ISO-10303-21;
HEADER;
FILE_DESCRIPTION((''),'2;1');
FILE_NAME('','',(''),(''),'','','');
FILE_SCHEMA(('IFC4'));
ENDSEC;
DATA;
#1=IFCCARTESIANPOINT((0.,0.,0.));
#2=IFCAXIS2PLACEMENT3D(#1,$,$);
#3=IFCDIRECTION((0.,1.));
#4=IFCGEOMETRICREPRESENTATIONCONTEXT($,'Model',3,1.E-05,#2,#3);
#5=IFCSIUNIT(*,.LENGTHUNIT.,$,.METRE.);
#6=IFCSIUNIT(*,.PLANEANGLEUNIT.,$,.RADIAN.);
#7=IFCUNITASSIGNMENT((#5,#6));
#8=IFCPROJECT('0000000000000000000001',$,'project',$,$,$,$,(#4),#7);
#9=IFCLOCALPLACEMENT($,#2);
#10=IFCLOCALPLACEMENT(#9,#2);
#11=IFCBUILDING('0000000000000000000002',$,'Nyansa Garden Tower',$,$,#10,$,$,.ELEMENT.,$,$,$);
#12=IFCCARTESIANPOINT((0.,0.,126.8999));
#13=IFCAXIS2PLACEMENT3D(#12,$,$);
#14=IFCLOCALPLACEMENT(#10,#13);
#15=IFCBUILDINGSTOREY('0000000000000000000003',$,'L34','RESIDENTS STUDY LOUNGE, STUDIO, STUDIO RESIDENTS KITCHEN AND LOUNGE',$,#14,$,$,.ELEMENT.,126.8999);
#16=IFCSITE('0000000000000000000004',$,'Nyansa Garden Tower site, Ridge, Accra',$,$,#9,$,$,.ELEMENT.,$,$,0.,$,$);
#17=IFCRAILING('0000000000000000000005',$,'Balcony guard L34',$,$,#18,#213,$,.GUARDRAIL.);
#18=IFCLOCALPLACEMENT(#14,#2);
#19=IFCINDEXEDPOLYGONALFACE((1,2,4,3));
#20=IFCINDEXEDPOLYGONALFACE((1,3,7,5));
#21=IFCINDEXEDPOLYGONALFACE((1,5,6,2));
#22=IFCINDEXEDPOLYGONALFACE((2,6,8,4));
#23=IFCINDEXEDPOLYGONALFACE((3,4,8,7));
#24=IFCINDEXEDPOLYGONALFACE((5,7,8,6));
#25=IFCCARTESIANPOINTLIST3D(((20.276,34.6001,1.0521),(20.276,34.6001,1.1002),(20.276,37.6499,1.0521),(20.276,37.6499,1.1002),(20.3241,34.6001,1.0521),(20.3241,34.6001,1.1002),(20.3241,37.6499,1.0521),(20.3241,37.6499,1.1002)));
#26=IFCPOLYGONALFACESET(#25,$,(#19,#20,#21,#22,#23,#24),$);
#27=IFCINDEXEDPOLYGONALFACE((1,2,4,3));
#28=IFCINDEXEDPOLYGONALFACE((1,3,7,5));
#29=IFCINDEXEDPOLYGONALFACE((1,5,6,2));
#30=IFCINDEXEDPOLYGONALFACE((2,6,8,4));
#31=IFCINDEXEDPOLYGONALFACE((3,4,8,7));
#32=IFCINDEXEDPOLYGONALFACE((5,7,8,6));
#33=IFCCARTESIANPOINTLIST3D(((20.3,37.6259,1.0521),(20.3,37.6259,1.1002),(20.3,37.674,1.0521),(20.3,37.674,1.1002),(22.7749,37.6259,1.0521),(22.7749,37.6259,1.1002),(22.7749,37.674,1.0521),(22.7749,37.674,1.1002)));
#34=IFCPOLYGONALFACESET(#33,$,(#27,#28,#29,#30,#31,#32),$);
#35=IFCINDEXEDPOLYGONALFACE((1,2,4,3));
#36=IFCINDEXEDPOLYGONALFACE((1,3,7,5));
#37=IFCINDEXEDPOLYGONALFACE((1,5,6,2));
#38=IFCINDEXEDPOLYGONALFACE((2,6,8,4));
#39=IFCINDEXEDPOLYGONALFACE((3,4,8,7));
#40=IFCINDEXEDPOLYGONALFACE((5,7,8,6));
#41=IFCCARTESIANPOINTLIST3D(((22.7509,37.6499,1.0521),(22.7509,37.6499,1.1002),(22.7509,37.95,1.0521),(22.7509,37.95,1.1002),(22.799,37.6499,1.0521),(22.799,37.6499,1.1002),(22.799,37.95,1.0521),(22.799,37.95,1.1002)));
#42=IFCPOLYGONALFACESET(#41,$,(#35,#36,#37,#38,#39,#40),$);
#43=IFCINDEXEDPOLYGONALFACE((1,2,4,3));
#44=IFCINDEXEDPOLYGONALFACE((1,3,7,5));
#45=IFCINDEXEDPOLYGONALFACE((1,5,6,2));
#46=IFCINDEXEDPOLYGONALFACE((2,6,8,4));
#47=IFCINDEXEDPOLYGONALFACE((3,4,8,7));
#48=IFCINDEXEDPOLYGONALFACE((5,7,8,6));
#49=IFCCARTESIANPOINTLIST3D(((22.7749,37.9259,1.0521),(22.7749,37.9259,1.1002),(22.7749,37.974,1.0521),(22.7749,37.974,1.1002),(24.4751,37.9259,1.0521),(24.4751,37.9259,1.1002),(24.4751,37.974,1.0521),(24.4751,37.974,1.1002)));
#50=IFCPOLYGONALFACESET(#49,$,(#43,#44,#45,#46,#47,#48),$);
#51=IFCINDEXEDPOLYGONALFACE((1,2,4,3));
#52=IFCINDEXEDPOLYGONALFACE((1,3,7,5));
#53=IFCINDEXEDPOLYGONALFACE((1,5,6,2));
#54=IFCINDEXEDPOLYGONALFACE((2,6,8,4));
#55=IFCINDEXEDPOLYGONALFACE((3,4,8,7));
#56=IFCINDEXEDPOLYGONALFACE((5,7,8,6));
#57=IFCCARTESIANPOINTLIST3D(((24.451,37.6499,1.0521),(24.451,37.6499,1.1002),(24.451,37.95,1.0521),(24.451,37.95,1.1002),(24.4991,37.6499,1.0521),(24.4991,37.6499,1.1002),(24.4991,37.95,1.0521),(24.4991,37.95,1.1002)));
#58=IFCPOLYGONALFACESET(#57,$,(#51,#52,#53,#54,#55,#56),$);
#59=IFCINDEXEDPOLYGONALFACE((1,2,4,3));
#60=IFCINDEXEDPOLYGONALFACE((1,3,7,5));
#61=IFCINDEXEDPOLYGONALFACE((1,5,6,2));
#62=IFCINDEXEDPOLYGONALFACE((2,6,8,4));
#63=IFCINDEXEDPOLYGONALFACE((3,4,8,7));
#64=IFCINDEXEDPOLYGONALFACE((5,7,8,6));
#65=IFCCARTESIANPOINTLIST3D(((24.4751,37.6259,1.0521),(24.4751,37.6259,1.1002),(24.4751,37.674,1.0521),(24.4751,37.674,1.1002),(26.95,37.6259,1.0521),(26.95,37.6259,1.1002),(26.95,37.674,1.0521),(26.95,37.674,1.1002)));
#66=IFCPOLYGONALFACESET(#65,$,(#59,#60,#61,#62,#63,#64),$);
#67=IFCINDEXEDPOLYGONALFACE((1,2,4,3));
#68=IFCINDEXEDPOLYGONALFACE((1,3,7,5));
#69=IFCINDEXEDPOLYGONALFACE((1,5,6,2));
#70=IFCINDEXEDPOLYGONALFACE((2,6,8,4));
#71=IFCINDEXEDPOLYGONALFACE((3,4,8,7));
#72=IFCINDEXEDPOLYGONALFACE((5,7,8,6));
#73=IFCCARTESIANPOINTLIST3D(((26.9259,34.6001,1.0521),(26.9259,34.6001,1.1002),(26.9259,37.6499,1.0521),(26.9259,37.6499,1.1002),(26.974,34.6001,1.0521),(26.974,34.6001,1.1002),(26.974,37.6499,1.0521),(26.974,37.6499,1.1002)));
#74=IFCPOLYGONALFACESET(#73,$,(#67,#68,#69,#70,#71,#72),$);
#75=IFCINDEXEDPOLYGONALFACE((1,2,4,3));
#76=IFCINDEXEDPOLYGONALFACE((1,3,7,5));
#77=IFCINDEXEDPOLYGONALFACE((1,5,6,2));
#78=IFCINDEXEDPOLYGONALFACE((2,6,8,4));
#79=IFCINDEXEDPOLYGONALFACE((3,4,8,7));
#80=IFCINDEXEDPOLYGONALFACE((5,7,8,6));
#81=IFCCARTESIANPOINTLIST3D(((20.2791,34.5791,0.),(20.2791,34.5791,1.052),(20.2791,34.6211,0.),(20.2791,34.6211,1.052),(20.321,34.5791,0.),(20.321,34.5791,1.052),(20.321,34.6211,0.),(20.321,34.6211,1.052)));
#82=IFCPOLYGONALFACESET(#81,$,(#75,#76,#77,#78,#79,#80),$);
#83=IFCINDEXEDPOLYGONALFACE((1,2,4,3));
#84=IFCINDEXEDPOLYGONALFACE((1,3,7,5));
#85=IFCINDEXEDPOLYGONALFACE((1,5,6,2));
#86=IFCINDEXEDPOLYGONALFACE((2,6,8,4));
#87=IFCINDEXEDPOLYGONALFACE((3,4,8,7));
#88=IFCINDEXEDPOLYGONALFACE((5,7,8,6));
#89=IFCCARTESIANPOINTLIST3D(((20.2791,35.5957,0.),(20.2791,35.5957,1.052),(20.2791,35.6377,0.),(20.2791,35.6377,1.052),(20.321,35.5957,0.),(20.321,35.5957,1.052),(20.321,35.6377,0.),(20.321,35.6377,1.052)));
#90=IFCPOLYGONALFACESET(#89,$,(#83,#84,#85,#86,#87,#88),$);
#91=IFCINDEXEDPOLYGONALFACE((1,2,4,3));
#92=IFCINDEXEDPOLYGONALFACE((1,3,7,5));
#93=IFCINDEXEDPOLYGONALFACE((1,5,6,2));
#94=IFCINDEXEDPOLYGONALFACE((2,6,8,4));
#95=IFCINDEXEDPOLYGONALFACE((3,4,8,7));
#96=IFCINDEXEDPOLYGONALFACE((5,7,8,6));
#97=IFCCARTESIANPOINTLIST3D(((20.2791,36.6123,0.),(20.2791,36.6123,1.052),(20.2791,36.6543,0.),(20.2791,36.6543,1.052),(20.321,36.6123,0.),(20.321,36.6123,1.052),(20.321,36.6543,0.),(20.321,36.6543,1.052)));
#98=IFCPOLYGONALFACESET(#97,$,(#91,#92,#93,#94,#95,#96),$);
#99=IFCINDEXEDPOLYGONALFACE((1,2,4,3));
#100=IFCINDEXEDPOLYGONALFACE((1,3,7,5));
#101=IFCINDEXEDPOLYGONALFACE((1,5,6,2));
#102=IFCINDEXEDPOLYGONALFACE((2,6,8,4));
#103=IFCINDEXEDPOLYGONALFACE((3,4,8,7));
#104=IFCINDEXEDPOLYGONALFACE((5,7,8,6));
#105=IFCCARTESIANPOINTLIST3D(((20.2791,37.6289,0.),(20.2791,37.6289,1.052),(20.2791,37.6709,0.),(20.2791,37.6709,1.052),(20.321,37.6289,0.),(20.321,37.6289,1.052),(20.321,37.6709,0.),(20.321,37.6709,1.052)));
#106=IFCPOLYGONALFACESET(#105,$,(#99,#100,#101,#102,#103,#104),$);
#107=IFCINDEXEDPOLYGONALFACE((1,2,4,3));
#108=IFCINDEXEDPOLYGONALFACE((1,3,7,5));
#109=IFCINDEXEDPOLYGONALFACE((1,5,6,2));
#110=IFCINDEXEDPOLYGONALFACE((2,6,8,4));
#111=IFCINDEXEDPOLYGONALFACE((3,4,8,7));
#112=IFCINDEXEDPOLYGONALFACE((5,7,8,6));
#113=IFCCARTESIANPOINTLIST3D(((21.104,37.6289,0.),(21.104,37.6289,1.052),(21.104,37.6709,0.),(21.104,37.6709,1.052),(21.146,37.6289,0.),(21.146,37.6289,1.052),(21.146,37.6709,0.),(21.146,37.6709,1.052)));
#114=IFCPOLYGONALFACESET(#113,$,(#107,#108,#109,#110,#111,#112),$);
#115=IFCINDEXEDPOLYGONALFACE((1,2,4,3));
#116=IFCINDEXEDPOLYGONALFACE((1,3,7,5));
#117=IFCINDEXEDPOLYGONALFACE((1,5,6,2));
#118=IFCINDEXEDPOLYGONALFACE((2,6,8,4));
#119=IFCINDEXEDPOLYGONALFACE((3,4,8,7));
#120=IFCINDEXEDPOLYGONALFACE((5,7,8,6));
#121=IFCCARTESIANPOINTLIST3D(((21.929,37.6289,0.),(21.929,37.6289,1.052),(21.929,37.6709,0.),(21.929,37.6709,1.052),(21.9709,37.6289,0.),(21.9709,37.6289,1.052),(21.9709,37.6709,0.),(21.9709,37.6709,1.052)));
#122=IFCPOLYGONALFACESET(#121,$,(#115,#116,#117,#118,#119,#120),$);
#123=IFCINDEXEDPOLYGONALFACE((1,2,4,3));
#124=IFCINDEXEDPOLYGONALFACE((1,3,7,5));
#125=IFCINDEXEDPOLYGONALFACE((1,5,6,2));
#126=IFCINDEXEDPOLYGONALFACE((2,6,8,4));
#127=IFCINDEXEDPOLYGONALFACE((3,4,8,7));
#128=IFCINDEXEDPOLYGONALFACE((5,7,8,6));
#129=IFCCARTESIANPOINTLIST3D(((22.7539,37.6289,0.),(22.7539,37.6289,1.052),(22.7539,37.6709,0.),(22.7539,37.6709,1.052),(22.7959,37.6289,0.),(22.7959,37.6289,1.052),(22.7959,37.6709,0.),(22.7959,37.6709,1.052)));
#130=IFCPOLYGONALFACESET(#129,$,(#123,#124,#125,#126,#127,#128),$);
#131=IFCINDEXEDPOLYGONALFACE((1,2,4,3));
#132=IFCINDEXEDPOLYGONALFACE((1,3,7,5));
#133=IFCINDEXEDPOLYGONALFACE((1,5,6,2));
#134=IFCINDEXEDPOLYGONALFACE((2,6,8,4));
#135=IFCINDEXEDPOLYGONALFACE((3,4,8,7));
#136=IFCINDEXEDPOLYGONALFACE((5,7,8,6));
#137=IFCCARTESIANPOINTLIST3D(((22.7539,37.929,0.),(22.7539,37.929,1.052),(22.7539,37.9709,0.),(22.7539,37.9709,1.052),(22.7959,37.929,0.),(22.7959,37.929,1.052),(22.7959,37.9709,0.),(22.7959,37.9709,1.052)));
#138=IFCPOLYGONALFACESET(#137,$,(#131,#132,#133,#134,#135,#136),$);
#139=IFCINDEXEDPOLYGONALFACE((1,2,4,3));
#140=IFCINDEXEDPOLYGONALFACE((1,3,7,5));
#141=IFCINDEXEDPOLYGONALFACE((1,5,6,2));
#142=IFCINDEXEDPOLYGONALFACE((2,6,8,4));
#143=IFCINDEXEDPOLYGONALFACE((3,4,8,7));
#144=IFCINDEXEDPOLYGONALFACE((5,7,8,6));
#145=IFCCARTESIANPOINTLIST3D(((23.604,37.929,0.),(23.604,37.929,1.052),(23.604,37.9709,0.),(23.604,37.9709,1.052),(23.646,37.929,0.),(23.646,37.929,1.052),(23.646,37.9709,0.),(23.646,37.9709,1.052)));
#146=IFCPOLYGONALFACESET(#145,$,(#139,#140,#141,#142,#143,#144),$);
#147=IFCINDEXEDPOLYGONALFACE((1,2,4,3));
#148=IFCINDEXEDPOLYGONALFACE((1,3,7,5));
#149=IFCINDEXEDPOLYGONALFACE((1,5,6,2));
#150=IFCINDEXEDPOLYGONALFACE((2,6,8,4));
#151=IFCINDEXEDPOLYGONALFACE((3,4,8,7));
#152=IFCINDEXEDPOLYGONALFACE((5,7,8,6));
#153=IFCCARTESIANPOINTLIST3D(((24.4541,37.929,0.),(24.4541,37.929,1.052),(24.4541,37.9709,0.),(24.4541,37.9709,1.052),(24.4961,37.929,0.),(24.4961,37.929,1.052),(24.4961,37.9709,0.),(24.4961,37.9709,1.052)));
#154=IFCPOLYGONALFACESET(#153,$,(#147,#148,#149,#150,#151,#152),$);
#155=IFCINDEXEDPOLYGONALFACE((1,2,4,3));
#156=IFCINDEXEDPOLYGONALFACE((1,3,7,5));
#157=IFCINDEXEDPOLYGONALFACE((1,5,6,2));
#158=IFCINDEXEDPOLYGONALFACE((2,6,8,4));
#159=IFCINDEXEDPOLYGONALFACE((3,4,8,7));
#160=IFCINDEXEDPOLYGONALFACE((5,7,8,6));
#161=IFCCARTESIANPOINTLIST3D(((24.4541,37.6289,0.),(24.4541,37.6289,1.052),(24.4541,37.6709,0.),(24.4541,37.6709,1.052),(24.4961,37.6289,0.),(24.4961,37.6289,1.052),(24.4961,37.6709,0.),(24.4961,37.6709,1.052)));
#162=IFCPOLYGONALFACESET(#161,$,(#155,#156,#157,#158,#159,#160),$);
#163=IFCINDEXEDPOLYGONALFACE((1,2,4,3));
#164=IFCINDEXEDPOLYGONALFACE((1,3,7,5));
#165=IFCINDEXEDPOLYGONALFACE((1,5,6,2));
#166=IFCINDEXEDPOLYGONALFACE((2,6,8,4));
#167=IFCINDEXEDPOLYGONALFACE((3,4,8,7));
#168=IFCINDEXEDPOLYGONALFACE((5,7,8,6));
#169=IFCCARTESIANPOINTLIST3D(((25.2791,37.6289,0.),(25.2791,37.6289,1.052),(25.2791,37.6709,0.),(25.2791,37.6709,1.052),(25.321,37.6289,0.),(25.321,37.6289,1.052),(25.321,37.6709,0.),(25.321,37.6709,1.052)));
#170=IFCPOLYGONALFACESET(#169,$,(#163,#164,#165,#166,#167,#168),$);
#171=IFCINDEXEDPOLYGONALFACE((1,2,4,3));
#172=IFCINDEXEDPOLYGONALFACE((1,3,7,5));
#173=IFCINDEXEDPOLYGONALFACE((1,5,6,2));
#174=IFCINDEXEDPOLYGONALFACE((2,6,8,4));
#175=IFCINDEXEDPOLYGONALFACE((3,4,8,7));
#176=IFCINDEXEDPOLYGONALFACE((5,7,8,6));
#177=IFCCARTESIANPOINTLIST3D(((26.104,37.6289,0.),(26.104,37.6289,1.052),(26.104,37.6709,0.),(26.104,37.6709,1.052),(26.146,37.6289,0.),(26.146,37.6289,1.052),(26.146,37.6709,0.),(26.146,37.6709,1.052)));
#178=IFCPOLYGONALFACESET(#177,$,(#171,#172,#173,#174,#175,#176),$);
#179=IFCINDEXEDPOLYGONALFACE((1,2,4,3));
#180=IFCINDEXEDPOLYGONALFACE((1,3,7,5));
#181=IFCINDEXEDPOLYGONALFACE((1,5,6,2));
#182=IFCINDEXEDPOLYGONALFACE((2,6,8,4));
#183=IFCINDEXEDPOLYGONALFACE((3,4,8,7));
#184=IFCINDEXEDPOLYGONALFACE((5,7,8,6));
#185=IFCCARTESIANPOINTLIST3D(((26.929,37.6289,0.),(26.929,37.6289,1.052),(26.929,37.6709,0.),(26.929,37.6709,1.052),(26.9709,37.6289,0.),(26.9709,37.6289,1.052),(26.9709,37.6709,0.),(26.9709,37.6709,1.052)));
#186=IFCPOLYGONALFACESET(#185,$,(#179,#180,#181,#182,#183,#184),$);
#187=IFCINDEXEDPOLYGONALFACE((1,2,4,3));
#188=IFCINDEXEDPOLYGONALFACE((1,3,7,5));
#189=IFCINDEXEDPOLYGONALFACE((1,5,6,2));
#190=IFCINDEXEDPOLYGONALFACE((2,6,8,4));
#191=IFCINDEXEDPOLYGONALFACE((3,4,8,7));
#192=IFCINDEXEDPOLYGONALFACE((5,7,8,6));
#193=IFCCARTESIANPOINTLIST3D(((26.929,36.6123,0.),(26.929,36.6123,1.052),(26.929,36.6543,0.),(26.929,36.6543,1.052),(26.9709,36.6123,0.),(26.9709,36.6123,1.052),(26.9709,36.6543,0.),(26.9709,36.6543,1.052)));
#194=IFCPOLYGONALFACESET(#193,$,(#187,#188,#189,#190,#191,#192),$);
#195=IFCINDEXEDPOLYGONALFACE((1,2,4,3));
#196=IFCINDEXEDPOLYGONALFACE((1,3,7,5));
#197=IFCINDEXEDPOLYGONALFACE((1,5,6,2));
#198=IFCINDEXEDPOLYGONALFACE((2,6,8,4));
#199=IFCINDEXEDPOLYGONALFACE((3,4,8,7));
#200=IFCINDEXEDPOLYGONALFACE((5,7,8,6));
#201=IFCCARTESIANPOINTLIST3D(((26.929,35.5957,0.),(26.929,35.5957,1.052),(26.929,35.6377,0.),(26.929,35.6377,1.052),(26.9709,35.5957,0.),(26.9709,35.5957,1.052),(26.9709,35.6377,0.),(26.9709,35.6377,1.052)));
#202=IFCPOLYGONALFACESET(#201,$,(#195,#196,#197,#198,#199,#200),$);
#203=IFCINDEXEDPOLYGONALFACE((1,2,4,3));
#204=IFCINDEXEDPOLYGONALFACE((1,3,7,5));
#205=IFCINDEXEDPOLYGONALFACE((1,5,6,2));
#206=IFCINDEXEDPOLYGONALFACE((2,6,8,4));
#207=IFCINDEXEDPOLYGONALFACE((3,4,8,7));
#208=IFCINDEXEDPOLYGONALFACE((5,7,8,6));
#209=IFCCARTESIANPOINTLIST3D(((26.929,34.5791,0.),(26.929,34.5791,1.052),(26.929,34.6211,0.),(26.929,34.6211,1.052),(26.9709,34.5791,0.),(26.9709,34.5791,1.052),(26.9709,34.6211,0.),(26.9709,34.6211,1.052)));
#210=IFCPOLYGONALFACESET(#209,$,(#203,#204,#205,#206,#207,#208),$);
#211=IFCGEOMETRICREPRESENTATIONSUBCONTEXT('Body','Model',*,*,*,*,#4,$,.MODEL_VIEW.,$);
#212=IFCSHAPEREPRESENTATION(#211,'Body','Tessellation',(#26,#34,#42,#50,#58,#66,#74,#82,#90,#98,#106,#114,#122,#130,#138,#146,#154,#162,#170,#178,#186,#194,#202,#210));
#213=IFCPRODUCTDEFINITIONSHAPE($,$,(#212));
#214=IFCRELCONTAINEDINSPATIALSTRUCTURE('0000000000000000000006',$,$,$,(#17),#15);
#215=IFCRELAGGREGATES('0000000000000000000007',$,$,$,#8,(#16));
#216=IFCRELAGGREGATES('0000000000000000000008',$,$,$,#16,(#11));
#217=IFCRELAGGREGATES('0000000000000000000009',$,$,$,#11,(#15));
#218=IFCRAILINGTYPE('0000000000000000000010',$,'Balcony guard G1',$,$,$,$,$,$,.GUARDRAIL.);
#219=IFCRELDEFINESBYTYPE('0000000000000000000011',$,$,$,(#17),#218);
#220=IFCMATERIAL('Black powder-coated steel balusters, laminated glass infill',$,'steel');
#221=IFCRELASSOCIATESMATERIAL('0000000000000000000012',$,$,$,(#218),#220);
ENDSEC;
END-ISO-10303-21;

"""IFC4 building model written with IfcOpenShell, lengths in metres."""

from ifc_helpers import new_model, si_unit, direction, frame, origin, origin_2d, place, context, subcontext, project, spatial, rectangle, extrude, material, type_object, element, save


model = new_model("IFC4")

# Units and contexts
model_context = context("Model", 3, precision=1e-05, world=origin(), true_north=direction((0.0, 1.0)))
body_context = subcontext(model_context, "Body", "Model", "MODEL_VIEW")
ifc_project = project(units=[si_unit("LENGTHUNIT", "METRE"), si_unit("PLANEANGLEUNIT", "RADIAN")], contexts=[model_context])

# Site, building, storey
site_placement = place(None, origin())
site = spatial("IfcSite", under=ifc_project, at=site_placement, Name="Nyansa Garden Tower site, Ridge, Accra", CompositionType="ELEMENT", RefElevation=0.0)
building_placement = place(site_placement, origin())
building = spatial("IfcBuilding", under=site, at=building_placement, Name="Nyansa Garden Tower", CompositionType="ELEMENT")
storey_placement = place(building_placement, frame((0.0, 0.0, 126.8999)))
storey = spatial("IfcBuildingStorey", under=building, at=storey_placement, Name="L34", Description="RESIDENTS STUDY LOUNGE, STUDIO, STUDIO RESIDENTS KITCHEN AND LOUNGE", CompositionType="ELEMENT", Elevation=126.8999)

# Railing
ifc_material_1 = material(Name="Black powder-coated steel balusters, laminated glass infill", Category="steel")
railing_type = type_object("IfcRailingType", Name="Balcony guard G1", PredefinedType="GUARDRAIL", material=ifc_material_1)
railing_placement = place(storey_placement, frame((20.3, 34.6001, 0.0)))
element("IfcRailing", 1, at=railing_placement, inside=storey, type_object=railing_type, Name="Balcony guard L34", PredefinedType="GUARDRAIL", context=body_context, shape_type="SweptSolid", body=[
    extrude(rectangle(XDim=0.0481, YDim=0.0481, at=origin_2d()), frame((0.0, 0.0, 1.0762), z_axis=(0.0, 1.0, 0.0), x_axis=(-1.0, 0.0, 0.0)), (0.0, 0.0, 1.0), 3.0498),
    extrude(rectangle(XDim=0.0481, YDim=0.0481, at=origin_2d()), frame((0.0, 3.0498, 1.0762), z_axis=(1.0, 0.0, 0.0), x_axis=(0.0, 1.0, 0.0)), (0.0, 0.0, 1.0), 2.4749),
    extrude(rectangle(XDim=0.0481, YDim=0.0481, at=origin_2d()), frame((2.4749, 3.0498, 1.0762), z_axis=(0.0, 1.0, 0.0), x_axis=(-1.0, 0.0, 0.0)), (0.0, 0.0, 1.0), 0.3),
    extrude(rectangle(XDim=0.0481, YDim=0.0481, at=origin_2d()), frame((2.4749, 3.3499, 1.0762), z_axis=(1.0, 0.0, 0.0), x_axis=(0.0, 1.0, 0.0)), (0.0, 0.0, 1.0), 1.7002),
    extrude(rectangle(XDim=0.0481, YDim=0.0481, at=origin_2d()), frame((4.175, 3.3499, 1.0762), z_axis=(0.0, -1.0, 0.0), x_axis=(1.0, 0.0, 0.0)), (0.0, 0.0, 1.0), 0.3),
    extrude(rectangle(XDim=0.0481, YDim=0.0481, at=origin_2d()), frame((4.175, 3.0498, 1.0762), z_axis=(1.0, 0.0, 0.0), x_axis=(0.0, 1.0, 0.0)), (0.0, 0.0, 1.0), 2.4749),
    extrude(rectangle(XDim=0.0481, YDim=0.0481, at=origin_2d()), frame((6.6499, 3.0498, 1.0762), z_axis=(0.0, -1.0, 0.0), x_axis=(1.0, 0.0, 0.0)), (0.0, 0.0, 1.0), 3.0498),
    extrude(rectangle(XDim=0.042, YDim=0.042, at=origin_2d()), origin(), (0.0, 0.0, 1.0), 1.052),
    extrude(rectangle(XDim=0.042, YDim=0.042, at=origin_2d()), frame((0.0, 1.0166, 0.0)), (0.0, 0.0, 1.0), 1.052),
    extrude(rectangle(XDim=0.042, YDim=0.042, at=origin_2d()), frame((0.0, 2.0332, 0.0)), (0.0, 0.0, 1.0), 1.052),
    extrude(rectangle(XDim=0.042, YDim=0.042, at=origin_2d()), frame((0.0, 3.0498, 0.0)), (0.0, 0.0, 1.0), 1.052),
    extrude(rectangle(XDim=0.042, YDim=0.042, at=origin_2d()), frame((0.825, 3.0498, 0.0)), (0.0, 0.0, 1.0), 1.052),
    extrude(rectangle(XDim=0.042, YDim=0.042, at=origin_2d()), frame((1.6499, 3.0498, 0.0)), (0.0, 0.0, 1.0), 1.052),
    extrude(rectangle(XDim=0.042, YDim=0.042, at=origin_2d()), frame((2.4749, 3.0498, 0.0)), (0.0, 0.0, 1.0), 1.052),
    extrude(rectangle(XDim=0.042, YDim=0.042, at=origin_2d()), frame((2.4749, 3.3499, 0.0)), (0.0, 0.0, 1.0), 1.052),
    extrude(rectangle(XDim=0.042, YDim=0.042, at=origin_2d()), frame((3.325, 3.3499, 0.0)), (0.0, 0.0, 1.0), 1.052),
    extrude(rectangle(XDim=0.042, YDim=0.042, at=origin_2d()), frame((4.175, 3.3499, 0.0)), (0.0, 0.0, 1.0), 1.052),
    extrude(rectangle(XDim=0.042, YDim=0.042, at=origin_2d()), frame((4.175, 3.0498, 0.0)), (0.0, 0.0, 1.0), 1.052),
    extrude(rectangle(XDim=0.042, YDim=0.042, at=origin_2d()), frame((5.0, 3.0498, 0.0)), (0.0, 0.0, 1.0), 1.052),
    extrude(rectangle(XDim=0.042, YDim=0.042, at=origin_2d()), frame((5.825, 3.0498, 0.0)), (0.0, 0.0, 1.0), 1.052),
    extrude(rectangle(XDim=0.042, YDim=0.042, at=origin_2d()), frame((6.6499, 3.0498, 0.0)), (0.0, 0.0, 1.0), 1.052),
    extrude(rectangle(XDim=0.042, YDim=0.042, at=origin_2d()), frame((6.6499, 2.0332, 0.0)), (0.0, 0.0, 1.0), 1.052),
    extrude(rectangle(XDim=0.042, YDim=0.042, at=origin_2d()), frame((6.6499, 1.0166, 0.0)), (0.0, 0.0, 1.0), 1.052),
    extrude(rectangle(XDim=0.042, YDim=0.042, at=origin_2d()), frame((6.6499, 0.0, 0.0)), (0.0, 0.0, 1.0), 1.052),
])

save(model, "model.ifc")
